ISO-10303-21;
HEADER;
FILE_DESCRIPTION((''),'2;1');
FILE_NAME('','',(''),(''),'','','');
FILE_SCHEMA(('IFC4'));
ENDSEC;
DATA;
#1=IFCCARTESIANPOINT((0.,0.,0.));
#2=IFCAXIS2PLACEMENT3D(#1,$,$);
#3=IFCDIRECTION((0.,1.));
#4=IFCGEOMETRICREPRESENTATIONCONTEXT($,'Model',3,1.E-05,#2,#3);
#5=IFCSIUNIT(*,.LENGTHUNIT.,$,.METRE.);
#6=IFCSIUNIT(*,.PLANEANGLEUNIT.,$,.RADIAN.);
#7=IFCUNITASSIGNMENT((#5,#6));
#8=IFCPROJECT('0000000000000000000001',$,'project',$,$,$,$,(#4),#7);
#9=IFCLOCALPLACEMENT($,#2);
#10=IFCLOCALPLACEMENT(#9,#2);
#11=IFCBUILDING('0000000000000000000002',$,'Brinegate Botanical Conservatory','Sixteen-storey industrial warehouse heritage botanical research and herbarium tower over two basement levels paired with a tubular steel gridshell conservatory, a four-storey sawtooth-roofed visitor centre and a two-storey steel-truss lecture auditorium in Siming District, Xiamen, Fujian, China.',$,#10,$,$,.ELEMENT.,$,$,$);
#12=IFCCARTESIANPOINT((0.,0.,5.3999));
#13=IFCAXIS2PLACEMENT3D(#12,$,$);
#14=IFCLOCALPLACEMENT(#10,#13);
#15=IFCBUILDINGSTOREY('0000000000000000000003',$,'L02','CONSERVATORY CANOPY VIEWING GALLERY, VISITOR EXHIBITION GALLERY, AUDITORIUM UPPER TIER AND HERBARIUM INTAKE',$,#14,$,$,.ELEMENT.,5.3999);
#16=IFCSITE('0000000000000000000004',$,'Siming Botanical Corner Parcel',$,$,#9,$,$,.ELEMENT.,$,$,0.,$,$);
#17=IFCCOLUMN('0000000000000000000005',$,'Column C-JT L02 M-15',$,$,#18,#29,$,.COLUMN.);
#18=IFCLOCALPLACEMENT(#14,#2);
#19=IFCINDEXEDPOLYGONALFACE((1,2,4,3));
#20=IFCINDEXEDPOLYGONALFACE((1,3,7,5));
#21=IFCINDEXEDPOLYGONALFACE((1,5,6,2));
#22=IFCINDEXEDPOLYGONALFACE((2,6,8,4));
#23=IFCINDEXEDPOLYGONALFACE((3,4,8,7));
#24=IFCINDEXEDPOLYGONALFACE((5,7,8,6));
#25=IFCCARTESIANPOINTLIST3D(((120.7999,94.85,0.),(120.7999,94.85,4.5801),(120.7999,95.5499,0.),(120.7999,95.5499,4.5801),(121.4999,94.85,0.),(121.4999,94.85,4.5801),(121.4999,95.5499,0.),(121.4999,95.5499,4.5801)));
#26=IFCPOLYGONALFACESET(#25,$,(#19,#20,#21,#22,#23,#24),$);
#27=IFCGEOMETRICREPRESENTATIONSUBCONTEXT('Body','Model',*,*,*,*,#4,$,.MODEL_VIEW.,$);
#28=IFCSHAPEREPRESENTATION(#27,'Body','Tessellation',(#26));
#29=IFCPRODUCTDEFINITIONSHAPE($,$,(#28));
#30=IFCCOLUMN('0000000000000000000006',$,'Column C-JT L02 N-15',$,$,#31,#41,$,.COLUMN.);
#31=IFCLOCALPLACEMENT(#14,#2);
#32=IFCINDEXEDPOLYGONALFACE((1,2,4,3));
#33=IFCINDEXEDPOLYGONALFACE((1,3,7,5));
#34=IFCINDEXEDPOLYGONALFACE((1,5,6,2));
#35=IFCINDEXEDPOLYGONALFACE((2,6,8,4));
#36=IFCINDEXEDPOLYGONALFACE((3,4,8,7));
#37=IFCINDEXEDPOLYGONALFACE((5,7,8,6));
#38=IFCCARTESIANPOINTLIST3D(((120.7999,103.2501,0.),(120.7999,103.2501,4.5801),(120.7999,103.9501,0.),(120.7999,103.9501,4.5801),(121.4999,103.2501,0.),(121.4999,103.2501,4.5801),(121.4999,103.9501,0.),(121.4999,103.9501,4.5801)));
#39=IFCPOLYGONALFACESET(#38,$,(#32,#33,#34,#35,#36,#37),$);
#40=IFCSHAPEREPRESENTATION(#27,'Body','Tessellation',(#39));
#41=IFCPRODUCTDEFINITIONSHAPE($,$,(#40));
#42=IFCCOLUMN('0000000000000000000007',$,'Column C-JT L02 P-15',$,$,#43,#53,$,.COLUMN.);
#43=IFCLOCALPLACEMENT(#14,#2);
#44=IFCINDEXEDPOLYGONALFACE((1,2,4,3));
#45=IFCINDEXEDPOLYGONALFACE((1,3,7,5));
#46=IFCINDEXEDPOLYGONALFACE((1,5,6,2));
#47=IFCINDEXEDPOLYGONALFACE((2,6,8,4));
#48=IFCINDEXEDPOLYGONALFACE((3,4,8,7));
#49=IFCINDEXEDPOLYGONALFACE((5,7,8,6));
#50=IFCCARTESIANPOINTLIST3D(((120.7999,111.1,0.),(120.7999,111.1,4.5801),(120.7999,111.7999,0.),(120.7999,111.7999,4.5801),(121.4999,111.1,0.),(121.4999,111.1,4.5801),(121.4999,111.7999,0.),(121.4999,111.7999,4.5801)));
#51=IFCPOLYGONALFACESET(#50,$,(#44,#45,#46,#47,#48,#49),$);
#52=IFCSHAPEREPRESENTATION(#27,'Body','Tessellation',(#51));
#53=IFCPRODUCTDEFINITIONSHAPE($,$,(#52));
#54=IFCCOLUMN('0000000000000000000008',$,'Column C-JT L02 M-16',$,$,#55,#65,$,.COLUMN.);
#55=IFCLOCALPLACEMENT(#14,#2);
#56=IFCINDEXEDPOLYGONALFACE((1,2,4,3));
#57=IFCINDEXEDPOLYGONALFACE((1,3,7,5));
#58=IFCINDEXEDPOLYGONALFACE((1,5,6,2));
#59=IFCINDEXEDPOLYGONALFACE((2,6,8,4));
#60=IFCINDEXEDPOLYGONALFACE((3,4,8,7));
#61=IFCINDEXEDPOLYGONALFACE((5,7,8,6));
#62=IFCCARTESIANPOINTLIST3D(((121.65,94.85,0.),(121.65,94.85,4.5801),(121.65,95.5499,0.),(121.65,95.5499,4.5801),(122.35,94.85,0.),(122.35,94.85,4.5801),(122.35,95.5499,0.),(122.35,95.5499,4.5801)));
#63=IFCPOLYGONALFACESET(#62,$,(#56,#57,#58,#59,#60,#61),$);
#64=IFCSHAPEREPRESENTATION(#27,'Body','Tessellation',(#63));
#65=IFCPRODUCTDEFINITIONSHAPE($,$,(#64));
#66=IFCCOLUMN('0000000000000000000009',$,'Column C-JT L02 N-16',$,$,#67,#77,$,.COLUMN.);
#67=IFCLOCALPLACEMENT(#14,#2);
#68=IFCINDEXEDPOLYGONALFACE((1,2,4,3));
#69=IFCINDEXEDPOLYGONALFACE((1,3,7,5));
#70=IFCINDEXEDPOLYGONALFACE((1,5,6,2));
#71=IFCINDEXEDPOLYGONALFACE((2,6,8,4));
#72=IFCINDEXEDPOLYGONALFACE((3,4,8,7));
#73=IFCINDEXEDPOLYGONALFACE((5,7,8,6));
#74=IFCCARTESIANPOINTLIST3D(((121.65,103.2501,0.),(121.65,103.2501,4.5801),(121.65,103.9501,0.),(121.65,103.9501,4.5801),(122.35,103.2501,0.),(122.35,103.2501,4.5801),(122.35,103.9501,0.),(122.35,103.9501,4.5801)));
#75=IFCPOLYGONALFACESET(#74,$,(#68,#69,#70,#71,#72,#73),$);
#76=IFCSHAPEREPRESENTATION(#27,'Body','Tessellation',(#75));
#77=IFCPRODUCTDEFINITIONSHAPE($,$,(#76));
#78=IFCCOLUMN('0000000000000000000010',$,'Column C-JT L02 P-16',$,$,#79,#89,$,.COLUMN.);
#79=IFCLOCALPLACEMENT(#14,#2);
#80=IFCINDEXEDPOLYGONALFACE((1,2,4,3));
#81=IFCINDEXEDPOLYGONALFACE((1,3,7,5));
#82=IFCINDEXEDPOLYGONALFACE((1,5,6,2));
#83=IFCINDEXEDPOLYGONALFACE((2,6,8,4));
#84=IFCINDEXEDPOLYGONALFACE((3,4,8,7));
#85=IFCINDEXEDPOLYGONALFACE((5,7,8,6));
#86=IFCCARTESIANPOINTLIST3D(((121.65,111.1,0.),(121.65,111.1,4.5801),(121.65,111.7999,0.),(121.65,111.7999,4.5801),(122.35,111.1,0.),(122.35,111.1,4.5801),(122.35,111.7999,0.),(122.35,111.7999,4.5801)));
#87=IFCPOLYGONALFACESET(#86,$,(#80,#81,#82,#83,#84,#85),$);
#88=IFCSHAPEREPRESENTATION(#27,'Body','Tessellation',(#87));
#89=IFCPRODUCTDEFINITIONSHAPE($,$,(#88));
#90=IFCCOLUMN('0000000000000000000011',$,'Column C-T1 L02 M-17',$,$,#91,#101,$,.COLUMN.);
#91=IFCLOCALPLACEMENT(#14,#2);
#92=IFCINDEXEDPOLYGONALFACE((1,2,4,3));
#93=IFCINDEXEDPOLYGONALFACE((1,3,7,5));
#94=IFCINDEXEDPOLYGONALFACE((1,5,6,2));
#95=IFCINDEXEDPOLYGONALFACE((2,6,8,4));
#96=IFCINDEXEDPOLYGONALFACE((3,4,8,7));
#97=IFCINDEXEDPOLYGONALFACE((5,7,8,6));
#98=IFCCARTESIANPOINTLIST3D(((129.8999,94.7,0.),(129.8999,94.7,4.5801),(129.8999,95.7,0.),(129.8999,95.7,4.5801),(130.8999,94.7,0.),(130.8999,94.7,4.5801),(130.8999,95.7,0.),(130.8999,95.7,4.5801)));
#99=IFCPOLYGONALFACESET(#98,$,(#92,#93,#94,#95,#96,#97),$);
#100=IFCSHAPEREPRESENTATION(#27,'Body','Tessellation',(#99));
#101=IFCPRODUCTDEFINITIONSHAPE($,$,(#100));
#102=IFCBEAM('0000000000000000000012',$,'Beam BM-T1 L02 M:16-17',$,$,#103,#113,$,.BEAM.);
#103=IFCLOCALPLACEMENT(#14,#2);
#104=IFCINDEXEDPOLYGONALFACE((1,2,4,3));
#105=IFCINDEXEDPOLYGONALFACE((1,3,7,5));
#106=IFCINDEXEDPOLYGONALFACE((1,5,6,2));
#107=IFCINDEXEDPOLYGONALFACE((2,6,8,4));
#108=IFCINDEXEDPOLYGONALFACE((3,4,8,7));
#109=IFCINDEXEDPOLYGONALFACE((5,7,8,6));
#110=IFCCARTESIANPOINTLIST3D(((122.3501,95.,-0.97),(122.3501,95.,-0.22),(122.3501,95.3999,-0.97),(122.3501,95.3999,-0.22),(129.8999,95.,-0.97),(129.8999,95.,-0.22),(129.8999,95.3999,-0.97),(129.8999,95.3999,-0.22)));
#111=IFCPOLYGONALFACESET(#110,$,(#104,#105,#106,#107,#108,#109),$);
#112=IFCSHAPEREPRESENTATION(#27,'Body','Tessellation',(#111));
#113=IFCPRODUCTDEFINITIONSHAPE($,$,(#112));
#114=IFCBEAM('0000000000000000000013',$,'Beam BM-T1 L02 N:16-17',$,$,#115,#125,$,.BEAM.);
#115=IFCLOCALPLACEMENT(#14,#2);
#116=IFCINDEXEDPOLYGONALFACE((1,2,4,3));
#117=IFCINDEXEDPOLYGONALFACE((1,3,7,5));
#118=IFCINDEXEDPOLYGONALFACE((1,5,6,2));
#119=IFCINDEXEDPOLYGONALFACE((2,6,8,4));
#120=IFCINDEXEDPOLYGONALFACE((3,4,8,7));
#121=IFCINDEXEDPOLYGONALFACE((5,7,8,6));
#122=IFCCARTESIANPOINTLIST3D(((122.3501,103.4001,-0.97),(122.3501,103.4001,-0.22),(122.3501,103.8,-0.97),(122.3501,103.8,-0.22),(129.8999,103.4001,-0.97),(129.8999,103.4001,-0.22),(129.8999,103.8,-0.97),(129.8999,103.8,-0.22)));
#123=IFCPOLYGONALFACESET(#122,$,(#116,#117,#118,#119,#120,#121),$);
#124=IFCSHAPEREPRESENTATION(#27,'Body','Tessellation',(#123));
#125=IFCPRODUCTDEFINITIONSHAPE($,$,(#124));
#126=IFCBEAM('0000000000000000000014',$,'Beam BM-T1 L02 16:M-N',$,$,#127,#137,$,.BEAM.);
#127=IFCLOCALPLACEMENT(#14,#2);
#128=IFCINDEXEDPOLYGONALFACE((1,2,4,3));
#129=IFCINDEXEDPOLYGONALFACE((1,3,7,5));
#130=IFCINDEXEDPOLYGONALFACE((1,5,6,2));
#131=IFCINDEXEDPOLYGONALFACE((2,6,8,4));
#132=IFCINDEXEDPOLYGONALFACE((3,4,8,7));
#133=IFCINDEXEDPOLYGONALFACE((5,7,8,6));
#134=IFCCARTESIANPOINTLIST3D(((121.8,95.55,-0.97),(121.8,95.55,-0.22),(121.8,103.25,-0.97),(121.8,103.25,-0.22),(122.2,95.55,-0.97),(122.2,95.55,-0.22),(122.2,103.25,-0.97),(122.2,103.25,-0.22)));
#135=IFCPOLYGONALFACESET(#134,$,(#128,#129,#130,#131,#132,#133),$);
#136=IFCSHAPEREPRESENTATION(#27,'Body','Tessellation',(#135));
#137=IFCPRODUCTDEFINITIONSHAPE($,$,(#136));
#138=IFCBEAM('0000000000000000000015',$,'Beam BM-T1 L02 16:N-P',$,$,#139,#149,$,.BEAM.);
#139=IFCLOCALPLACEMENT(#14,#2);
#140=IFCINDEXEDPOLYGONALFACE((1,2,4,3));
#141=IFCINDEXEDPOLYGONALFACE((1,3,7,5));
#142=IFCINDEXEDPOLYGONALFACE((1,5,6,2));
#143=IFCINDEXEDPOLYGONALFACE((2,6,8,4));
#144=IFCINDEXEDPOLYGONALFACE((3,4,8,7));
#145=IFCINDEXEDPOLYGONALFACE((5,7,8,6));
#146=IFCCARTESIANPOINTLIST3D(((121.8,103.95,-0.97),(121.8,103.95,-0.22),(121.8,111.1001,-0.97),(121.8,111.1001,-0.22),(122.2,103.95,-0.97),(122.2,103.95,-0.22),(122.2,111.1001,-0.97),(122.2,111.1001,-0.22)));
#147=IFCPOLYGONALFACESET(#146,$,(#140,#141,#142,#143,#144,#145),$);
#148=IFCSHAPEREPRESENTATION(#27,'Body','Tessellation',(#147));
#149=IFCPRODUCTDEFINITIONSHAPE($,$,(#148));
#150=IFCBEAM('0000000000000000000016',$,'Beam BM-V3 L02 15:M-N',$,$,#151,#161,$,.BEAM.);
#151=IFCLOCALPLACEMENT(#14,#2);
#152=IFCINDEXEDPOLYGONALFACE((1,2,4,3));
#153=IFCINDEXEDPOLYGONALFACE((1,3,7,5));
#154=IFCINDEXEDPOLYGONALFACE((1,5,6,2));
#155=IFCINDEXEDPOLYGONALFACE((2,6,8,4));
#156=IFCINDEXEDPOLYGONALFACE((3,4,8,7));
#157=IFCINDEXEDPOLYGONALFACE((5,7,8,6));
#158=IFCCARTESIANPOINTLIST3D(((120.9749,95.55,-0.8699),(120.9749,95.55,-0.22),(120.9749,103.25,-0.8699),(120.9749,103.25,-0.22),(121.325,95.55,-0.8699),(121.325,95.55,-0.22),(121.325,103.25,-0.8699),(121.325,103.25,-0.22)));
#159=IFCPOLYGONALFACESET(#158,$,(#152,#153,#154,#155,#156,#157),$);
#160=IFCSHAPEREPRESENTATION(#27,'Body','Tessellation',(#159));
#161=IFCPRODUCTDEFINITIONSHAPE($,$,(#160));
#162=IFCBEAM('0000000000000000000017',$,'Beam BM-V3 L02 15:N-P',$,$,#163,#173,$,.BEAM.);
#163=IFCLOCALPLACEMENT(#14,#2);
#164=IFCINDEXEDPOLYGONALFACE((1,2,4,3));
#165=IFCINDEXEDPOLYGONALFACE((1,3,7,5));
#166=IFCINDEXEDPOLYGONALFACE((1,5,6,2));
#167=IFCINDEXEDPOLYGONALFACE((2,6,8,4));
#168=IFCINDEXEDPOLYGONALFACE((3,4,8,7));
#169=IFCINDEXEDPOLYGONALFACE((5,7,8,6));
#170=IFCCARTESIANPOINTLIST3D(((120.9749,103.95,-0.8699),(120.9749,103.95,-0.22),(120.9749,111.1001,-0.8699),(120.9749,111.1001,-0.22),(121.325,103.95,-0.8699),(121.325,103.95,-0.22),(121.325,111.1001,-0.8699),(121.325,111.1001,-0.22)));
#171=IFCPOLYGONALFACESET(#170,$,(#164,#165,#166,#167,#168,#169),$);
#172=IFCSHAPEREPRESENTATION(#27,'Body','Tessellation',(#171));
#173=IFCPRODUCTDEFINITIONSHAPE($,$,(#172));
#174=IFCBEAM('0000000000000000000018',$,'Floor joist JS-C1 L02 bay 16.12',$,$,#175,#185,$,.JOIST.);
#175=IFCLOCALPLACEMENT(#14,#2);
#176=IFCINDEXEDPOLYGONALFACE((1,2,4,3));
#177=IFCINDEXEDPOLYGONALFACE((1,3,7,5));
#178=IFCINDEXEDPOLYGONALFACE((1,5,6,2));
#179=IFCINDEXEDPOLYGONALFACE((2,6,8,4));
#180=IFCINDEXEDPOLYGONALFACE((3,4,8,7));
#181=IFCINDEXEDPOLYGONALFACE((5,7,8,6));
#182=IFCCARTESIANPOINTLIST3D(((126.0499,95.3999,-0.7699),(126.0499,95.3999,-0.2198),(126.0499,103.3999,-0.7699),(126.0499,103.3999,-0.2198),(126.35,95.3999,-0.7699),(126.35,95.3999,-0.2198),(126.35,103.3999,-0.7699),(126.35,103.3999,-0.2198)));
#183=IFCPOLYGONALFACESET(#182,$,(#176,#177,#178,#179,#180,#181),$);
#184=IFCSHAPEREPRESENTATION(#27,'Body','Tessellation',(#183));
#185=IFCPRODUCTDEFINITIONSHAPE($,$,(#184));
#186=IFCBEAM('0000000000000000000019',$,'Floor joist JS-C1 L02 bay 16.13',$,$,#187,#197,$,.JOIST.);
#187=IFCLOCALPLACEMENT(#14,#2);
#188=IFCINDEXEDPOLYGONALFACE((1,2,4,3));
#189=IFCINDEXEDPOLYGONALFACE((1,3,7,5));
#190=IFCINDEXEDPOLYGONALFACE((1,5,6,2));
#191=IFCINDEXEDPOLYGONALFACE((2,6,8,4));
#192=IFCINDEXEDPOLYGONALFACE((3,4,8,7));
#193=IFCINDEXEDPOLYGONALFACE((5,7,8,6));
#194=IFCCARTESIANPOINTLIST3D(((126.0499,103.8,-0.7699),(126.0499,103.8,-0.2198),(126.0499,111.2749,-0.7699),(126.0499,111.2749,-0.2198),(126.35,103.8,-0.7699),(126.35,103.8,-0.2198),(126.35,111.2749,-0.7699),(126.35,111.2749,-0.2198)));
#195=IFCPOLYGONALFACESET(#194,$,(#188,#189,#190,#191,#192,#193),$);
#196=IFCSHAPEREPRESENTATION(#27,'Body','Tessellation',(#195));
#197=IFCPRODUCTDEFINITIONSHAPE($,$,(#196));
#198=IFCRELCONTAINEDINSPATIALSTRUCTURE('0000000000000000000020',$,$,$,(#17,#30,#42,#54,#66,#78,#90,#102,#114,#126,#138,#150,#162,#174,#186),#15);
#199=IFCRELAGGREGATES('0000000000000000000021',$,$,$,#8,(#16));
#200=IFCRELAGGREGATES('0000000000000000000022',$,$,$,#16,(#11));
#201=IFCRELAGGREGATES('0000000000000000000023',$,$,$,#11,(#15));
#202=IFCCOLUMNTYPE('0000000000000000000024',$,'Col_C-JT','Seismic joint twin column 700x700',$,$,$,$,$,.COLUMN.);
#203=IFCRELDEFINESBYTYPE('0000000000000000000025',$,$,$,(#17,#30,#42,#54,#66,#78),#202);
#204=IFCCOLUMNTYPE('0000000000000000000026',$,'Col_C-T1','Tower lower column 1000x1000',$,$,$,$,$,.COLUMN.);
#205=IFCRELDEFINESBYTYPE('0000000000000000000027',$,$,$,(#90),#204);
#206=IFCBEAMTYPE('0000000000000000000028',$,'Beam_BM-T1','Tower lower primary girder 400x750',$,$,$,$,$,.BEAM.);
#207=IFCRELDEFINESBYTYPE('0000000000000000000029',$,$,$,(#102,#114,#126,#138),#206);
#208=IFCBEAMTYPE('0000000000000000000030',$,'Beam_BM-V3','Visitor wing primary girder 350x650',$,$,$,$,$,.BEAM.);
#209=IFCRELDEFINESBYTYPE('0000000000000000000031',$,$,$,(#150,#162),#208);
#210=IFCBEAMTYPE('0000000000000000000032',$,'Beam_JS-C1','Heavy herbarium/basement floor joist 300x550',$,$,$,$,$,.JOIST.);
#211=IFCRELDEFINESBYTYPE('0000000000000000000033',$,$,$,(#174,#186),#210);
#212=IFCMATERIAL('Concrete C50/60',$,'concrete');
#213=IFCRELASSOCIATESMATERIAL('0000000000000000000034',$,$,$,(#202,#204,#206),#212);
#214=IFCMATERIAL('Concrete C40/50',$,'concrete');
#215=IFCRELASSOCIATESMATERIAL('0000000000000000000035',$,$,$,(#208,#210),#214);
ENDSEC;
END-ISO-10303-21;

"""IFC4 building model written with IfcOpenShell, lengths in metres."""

from ifc_helpers import new_model, si_unit, direction, frame, origin, origin_2d, place, context, subcontext, project, spatial, rectangle, extrude, material, material_profile, profile_set, type_object, element, save


model = new_model("IFC4")

# Units and contexts
model_context = context("Model", 3, precision=1e-05, world=origin(), true_north=direction((0.0, 1.0)))
body_context = subcontext(model_context, "Body", "Model", "MODEL_VIEW")
ifc_project = project(units=[si_unit("LENGTHUNIT", "METRE"), si_unit("PLANEANGLEUNIT", "RADIAN")], contexts=[model_context])

# Site, building, storey
site_placement = place(None, origin())
site = spatial("IfcSite", under=ifc_project, at=site_placement, Name="Siming Botanical Corner Parcel", CompositionType="ELEMENT", RefElevation=0.0)
building_placement = place(site_placement, origin())
building = spatial("IfcBuilding", under=site, at=building_placement, Name="Brinegate Botanical Conservatory", Description="Sixteen-storey industrial warehouse heritage botanical research and herbarium tower over two basement levels paired with a tubular steel gridshell conservatory, a four-storey sawtooth-roofed visitor centre and a two-storey steel-truss lecture auditorium in Siming District, Xiamen, Fujian, China.", CompositionType="ELEMENT")
storey_placement = place(building_placement, frame((0.0, 0.0, 5.3999)))
storey = spatial("IfcBuildingStorey", under=building, at=storey_placement, Name="L02", Description="CONSERVATORY CANOPY VIEWING GALLERY, VISITOR EXHIBITION GALLERY, AUDITORIUM UPPER TIER AND HERBARIUM INTAKE", CompositionType="ELEMENT", Elevation=5.3999)

# Columns
ifc_material_1 = material(Name="Concrete C50/60", Category="concrete")
ifc_material_profile_1 = material_profile(ifc_material_1, rectangle(XDim=0.7, YDim=0.7, at=origin_2d()), Name="RC COL 700x700")
ifc_profile_set_1 = profile_set([ifc_material_profile_1], Name="Concrete C50/60")
column_type_1 = type_object("IfcColumnType", Name="Col_C-JT", Description="Seismic joint twin column 700x700", PredefinedType="COLUMN", material=ifc_profile_set_1)
for number, where, z_axis, x_axis, name in (
    (1, (121.1499, 95.2, 0.0), (0.0, 0.0, 1.0), (1.0, 0.0, 0.0), "Column C-JT L02 M-15"),
    (2, (121.1499, 103.6001, 0.0), (0.0, 0.0, 1.0), (1.0, 0.0, 0.0), "Column C-JT L02 N-15"),
    (3, (121.1499, 111.45, 0.0), (0.0, 0.0, 1.0), (1.0, 0.0, 0.0), "Column C-JT L02 P-15"),
    (4, (122.0, 95.2, 0.0), (0.0, 0.0, 1.0), (1.0, 0.0, 0.0), "Column C-JT L02 M-16"),
    (5, (122.0, 103.6001, 0.0), (0.0, 0.0, 1.0), (1.0, 0.0, 0.0), "Column C-JT L02 N-16"),
    (6, (122.0, 111.45, 0.0), (0.0, 0.0, 1.0), (1.0, 0.0, 0.0), "Column C-JT L02 P-16"),
):
    element("IfcColumn", number, at=place(storey_placement, frame(where, z_axis=z_axis, x_axis=x_axis)), inside=storey, type_object=column_type_1, Name=name, PredefinedType="COLUMN", context=body_context, shape_type="SweptSolid", body=[
        extrude(rectangle(XDim=0.7, YDim=0.7, at=origin_2d()), origin(), (0.0, 0.0, 1.0), 4.5801),
    ])
ifc_material_profile_2 = material_profile(ifc_material_1, rectangle(XDim=1.0, YDim=1.0, at=origin_2d()), Name="RC COL 1000x1000")
ifc_profile_set_2 = profile_set([ifc_material_profile_2], Name="Concrete C50/60")
column_type_2 = type_object("IfcColumnType", Name="Col_C-T1", Description="Tower lower column 1000x1000", PredefinedType="COLUMN", material=ifc_profile_set_2)
column_placement = place(storey_placement, frame((130.3999, 95.2, 0.0), z_axis=(0.0, 0.0, 1.0), x_axis=(1.0, 0.0, 0.0)))
element("IfcColumn", 7, at=column_placement, inside=storey, type_object=column_type_2, Name="Column C-T1 L02 M-17", PredefinedType="COLUMN", context=body_context, shape_type="SweptSolid", body=[
    extrude(rectangle(XDim=1.0, YDim=1.0, at=origin_2d()), origin(), (0.0, 0.0, 1.0), 4.5801),
])

# Beams
ifc_material_profile_3 = material_profile(ifc_material_1, rectangle(XDim=0.3999, YDim=0.75, at=origin_2d()), Name="RC BM 400x750")
ifc_profile_set_3 = profile_set([ifc_material_profile_3], Name="Concrete C50/60")
beam_type_1 = type_object("IfcBeamType", Name="Beam_BM-T1", Description="Tower lower primary girder 400x750", PredefinedType="BEAM", material=ifc_profile_set_3)
for number, where, z_axis, x_axis, name in (
    (8, (122.3501, 95.2, -0.595), (1.0, 0.0, 0.0), (0.0, 1.0, 0.0), "Beam BM-T1 L02 M:16-17"),
    (9, (122.3501, 103.6001, -0.595), (1.0, 0.0, 0.0), (0.0, 1.0, 0.0), "Beam BM-T1 L02 N:16-17"),
):
    element("IfcBeam", number, at=place(storey_placement, frame(where, z_axis=z_axis, x_axis=x_axis)), inside=storey, type_object=beam_type_1, Name=name, PredefinedType="BEAM", context=body_context, shape_type="SweptSolid", body=[
        extrude(rectangle(XDim=0.3999, YDim=0.75, at=origin_2d()), origin(), (0.0, 0.0, 1.0), 7.5498),
    ])
beam_1_placement = place(storey_placement, frame((122.0, 95.55, -0.595), z_axis=(0.0, 1.0, 0.0), x_axis=(-1.0, 0.0, 0.0)))
element("IfcBeam", 10, at=beam_1_placement, inside=storey, type_object=beam_type_1, Name="Beam BM-T1 L02 16:M-N", PredefinedType="BEAM", context=body_context, shape_type="SweptSolid", body=[
    extrude(rectangle(XDim=0.3999, YDim=0.75, at=origin_2d()), origin(), (0.0, 0.0, 1.0), 7.7),
])
beam_2_placement = place(storey_placement, frame((122.0, 103.95, -0.595), z_axis=(0.0, 1.0, 0.0), x_axis=(-1.0, 0.0, 0.0)))
element("IfcBeam", 11, at=beam_2_placement, inside=storey, type_object=beam_type_1, Name="Beam BM-T1 L02 16:N-P", PredefinedType="BEAM", context=body_context, shape_type="SweptSolid", body=[
    extrude(rectangle(XDim=0.3999, YDim=0.75, at=origin_2d()), origin(), (0.0, 0.0, 1.0), 7.1501),
])
ifc_material_2 = material(Name="Concrete C40/50", Category="concrete")
ifc_material_profile_4 = material_profile(ifc_material_2, rectangle(XDim=0.3501, YDim=0.6499, at=origin_2d()), Name="RC BM 350x650")
ifc_profile_set_4 = profile_set([ifc_material_profile_4], Name="Concrete C40/50")
beam_type_2 = type_object("IfcBeamType", Name="Beam_BM-V3", Description="Visitor wing primary girder 350x650", PredefinedType="BEAM", material=ifc_profile_set_4)
beam_3_placement = place(storey_placement, frame((121.1499, 95.55, -0.5449), z_axis=(0.0, 1.0, 0.0), x_axis=(-1.0, 0.0, 0.0)))
element("IfcBeam", 12, at=beam_3_placement, inside=storey, type_object=beam_type_2, Name="Beam BM-V3 L02 15:M-N", PredefinedType="BEAM", context=body_context, shape_type="SweptSolid", body=[
    extrude(rectangle(XDim=0.3501, YDim=0.6499, at=origin_2d()), origin(), (0.0, 0.0, 1.0), 7.7),
])
beam_4_placement = place(storey_placement, frame((121.1499, 103.95, -0.5449), z_axis=(0.0, 1.0, 0.0), x_axis=(-1.0, 0.0, 0.0)))
element("IfcBeam", 13, at=beam_4_placement, inside=storey, type_object=beam_type_2, Name="Beam BM-V3 L02 15:N-P", PredefinedType="BEAM", context=body_context, shape_type="SweptSolid", body=[
    extrude(rectangle(XDim=0.3501, YDim=0.6499, at=origin_2d()), origin(), (0.0, 0.0, 1.0), 7.1501),
])
ifc_material_profile_5 = material_profile(ifc_material_2, rectangle(XDim=0.3, YDim=0.55, at=origin_2d()), Name="RC JST 300x550")
ifc_profile_set_5 = profile_set([ifc_material_profile_5], Name="Concrete C40/50")
beam_type_3 = type_object("IfcBeamType", Name="Beam_JS-C1", Description="Heavy herbarium/basement floor joist 300x550", PredefinedType="JOIST", material=ifc_profile_set_5)
beam_5_placement = place(storey_placement, frame((126.2, 95.3999, -0.4949), z_axis=(0.0, 1.0, 0.0), x_axis=(-1.0, 0.0, 0.0)))
element("IfcBeam", 14, at=beam_5_placement, inside=storey, type_object=beam_type_3, Name="Floor joist JS-C1 L02 bay 16.12", PredefinedType="JOIST", context=body_context, shape_type="SweptSolid", body=[
    extrude(rectangle(XDim=0.3, YDim=0.55, at=origin_2d()), origin(), (0.0, 0.0, 1.0), 8.0),
])
beam_6_placement = place(storey_placement, frame((126.2, 103.8, -0.4949), z_axis=(0.0, 1.0, 0.0), x_axis=(-1.0, 0.0, 0.0)))
element("IfcBeam", 15, at=beam_6_placement, inside=storey, type_object=beam_type_3, Name="Floor joist JS-C1 L02 bay 16.13", PredefinedType="JOIST", context=body_context, shape_type="SweptSolid", body=[
    extrude(rectangle(XDim=0.3, YDim=0.55, at=origin_2d()), origin(), (0.0, 0.0, 1.0), 7.4749),
])

save(model, "model.ifc")
